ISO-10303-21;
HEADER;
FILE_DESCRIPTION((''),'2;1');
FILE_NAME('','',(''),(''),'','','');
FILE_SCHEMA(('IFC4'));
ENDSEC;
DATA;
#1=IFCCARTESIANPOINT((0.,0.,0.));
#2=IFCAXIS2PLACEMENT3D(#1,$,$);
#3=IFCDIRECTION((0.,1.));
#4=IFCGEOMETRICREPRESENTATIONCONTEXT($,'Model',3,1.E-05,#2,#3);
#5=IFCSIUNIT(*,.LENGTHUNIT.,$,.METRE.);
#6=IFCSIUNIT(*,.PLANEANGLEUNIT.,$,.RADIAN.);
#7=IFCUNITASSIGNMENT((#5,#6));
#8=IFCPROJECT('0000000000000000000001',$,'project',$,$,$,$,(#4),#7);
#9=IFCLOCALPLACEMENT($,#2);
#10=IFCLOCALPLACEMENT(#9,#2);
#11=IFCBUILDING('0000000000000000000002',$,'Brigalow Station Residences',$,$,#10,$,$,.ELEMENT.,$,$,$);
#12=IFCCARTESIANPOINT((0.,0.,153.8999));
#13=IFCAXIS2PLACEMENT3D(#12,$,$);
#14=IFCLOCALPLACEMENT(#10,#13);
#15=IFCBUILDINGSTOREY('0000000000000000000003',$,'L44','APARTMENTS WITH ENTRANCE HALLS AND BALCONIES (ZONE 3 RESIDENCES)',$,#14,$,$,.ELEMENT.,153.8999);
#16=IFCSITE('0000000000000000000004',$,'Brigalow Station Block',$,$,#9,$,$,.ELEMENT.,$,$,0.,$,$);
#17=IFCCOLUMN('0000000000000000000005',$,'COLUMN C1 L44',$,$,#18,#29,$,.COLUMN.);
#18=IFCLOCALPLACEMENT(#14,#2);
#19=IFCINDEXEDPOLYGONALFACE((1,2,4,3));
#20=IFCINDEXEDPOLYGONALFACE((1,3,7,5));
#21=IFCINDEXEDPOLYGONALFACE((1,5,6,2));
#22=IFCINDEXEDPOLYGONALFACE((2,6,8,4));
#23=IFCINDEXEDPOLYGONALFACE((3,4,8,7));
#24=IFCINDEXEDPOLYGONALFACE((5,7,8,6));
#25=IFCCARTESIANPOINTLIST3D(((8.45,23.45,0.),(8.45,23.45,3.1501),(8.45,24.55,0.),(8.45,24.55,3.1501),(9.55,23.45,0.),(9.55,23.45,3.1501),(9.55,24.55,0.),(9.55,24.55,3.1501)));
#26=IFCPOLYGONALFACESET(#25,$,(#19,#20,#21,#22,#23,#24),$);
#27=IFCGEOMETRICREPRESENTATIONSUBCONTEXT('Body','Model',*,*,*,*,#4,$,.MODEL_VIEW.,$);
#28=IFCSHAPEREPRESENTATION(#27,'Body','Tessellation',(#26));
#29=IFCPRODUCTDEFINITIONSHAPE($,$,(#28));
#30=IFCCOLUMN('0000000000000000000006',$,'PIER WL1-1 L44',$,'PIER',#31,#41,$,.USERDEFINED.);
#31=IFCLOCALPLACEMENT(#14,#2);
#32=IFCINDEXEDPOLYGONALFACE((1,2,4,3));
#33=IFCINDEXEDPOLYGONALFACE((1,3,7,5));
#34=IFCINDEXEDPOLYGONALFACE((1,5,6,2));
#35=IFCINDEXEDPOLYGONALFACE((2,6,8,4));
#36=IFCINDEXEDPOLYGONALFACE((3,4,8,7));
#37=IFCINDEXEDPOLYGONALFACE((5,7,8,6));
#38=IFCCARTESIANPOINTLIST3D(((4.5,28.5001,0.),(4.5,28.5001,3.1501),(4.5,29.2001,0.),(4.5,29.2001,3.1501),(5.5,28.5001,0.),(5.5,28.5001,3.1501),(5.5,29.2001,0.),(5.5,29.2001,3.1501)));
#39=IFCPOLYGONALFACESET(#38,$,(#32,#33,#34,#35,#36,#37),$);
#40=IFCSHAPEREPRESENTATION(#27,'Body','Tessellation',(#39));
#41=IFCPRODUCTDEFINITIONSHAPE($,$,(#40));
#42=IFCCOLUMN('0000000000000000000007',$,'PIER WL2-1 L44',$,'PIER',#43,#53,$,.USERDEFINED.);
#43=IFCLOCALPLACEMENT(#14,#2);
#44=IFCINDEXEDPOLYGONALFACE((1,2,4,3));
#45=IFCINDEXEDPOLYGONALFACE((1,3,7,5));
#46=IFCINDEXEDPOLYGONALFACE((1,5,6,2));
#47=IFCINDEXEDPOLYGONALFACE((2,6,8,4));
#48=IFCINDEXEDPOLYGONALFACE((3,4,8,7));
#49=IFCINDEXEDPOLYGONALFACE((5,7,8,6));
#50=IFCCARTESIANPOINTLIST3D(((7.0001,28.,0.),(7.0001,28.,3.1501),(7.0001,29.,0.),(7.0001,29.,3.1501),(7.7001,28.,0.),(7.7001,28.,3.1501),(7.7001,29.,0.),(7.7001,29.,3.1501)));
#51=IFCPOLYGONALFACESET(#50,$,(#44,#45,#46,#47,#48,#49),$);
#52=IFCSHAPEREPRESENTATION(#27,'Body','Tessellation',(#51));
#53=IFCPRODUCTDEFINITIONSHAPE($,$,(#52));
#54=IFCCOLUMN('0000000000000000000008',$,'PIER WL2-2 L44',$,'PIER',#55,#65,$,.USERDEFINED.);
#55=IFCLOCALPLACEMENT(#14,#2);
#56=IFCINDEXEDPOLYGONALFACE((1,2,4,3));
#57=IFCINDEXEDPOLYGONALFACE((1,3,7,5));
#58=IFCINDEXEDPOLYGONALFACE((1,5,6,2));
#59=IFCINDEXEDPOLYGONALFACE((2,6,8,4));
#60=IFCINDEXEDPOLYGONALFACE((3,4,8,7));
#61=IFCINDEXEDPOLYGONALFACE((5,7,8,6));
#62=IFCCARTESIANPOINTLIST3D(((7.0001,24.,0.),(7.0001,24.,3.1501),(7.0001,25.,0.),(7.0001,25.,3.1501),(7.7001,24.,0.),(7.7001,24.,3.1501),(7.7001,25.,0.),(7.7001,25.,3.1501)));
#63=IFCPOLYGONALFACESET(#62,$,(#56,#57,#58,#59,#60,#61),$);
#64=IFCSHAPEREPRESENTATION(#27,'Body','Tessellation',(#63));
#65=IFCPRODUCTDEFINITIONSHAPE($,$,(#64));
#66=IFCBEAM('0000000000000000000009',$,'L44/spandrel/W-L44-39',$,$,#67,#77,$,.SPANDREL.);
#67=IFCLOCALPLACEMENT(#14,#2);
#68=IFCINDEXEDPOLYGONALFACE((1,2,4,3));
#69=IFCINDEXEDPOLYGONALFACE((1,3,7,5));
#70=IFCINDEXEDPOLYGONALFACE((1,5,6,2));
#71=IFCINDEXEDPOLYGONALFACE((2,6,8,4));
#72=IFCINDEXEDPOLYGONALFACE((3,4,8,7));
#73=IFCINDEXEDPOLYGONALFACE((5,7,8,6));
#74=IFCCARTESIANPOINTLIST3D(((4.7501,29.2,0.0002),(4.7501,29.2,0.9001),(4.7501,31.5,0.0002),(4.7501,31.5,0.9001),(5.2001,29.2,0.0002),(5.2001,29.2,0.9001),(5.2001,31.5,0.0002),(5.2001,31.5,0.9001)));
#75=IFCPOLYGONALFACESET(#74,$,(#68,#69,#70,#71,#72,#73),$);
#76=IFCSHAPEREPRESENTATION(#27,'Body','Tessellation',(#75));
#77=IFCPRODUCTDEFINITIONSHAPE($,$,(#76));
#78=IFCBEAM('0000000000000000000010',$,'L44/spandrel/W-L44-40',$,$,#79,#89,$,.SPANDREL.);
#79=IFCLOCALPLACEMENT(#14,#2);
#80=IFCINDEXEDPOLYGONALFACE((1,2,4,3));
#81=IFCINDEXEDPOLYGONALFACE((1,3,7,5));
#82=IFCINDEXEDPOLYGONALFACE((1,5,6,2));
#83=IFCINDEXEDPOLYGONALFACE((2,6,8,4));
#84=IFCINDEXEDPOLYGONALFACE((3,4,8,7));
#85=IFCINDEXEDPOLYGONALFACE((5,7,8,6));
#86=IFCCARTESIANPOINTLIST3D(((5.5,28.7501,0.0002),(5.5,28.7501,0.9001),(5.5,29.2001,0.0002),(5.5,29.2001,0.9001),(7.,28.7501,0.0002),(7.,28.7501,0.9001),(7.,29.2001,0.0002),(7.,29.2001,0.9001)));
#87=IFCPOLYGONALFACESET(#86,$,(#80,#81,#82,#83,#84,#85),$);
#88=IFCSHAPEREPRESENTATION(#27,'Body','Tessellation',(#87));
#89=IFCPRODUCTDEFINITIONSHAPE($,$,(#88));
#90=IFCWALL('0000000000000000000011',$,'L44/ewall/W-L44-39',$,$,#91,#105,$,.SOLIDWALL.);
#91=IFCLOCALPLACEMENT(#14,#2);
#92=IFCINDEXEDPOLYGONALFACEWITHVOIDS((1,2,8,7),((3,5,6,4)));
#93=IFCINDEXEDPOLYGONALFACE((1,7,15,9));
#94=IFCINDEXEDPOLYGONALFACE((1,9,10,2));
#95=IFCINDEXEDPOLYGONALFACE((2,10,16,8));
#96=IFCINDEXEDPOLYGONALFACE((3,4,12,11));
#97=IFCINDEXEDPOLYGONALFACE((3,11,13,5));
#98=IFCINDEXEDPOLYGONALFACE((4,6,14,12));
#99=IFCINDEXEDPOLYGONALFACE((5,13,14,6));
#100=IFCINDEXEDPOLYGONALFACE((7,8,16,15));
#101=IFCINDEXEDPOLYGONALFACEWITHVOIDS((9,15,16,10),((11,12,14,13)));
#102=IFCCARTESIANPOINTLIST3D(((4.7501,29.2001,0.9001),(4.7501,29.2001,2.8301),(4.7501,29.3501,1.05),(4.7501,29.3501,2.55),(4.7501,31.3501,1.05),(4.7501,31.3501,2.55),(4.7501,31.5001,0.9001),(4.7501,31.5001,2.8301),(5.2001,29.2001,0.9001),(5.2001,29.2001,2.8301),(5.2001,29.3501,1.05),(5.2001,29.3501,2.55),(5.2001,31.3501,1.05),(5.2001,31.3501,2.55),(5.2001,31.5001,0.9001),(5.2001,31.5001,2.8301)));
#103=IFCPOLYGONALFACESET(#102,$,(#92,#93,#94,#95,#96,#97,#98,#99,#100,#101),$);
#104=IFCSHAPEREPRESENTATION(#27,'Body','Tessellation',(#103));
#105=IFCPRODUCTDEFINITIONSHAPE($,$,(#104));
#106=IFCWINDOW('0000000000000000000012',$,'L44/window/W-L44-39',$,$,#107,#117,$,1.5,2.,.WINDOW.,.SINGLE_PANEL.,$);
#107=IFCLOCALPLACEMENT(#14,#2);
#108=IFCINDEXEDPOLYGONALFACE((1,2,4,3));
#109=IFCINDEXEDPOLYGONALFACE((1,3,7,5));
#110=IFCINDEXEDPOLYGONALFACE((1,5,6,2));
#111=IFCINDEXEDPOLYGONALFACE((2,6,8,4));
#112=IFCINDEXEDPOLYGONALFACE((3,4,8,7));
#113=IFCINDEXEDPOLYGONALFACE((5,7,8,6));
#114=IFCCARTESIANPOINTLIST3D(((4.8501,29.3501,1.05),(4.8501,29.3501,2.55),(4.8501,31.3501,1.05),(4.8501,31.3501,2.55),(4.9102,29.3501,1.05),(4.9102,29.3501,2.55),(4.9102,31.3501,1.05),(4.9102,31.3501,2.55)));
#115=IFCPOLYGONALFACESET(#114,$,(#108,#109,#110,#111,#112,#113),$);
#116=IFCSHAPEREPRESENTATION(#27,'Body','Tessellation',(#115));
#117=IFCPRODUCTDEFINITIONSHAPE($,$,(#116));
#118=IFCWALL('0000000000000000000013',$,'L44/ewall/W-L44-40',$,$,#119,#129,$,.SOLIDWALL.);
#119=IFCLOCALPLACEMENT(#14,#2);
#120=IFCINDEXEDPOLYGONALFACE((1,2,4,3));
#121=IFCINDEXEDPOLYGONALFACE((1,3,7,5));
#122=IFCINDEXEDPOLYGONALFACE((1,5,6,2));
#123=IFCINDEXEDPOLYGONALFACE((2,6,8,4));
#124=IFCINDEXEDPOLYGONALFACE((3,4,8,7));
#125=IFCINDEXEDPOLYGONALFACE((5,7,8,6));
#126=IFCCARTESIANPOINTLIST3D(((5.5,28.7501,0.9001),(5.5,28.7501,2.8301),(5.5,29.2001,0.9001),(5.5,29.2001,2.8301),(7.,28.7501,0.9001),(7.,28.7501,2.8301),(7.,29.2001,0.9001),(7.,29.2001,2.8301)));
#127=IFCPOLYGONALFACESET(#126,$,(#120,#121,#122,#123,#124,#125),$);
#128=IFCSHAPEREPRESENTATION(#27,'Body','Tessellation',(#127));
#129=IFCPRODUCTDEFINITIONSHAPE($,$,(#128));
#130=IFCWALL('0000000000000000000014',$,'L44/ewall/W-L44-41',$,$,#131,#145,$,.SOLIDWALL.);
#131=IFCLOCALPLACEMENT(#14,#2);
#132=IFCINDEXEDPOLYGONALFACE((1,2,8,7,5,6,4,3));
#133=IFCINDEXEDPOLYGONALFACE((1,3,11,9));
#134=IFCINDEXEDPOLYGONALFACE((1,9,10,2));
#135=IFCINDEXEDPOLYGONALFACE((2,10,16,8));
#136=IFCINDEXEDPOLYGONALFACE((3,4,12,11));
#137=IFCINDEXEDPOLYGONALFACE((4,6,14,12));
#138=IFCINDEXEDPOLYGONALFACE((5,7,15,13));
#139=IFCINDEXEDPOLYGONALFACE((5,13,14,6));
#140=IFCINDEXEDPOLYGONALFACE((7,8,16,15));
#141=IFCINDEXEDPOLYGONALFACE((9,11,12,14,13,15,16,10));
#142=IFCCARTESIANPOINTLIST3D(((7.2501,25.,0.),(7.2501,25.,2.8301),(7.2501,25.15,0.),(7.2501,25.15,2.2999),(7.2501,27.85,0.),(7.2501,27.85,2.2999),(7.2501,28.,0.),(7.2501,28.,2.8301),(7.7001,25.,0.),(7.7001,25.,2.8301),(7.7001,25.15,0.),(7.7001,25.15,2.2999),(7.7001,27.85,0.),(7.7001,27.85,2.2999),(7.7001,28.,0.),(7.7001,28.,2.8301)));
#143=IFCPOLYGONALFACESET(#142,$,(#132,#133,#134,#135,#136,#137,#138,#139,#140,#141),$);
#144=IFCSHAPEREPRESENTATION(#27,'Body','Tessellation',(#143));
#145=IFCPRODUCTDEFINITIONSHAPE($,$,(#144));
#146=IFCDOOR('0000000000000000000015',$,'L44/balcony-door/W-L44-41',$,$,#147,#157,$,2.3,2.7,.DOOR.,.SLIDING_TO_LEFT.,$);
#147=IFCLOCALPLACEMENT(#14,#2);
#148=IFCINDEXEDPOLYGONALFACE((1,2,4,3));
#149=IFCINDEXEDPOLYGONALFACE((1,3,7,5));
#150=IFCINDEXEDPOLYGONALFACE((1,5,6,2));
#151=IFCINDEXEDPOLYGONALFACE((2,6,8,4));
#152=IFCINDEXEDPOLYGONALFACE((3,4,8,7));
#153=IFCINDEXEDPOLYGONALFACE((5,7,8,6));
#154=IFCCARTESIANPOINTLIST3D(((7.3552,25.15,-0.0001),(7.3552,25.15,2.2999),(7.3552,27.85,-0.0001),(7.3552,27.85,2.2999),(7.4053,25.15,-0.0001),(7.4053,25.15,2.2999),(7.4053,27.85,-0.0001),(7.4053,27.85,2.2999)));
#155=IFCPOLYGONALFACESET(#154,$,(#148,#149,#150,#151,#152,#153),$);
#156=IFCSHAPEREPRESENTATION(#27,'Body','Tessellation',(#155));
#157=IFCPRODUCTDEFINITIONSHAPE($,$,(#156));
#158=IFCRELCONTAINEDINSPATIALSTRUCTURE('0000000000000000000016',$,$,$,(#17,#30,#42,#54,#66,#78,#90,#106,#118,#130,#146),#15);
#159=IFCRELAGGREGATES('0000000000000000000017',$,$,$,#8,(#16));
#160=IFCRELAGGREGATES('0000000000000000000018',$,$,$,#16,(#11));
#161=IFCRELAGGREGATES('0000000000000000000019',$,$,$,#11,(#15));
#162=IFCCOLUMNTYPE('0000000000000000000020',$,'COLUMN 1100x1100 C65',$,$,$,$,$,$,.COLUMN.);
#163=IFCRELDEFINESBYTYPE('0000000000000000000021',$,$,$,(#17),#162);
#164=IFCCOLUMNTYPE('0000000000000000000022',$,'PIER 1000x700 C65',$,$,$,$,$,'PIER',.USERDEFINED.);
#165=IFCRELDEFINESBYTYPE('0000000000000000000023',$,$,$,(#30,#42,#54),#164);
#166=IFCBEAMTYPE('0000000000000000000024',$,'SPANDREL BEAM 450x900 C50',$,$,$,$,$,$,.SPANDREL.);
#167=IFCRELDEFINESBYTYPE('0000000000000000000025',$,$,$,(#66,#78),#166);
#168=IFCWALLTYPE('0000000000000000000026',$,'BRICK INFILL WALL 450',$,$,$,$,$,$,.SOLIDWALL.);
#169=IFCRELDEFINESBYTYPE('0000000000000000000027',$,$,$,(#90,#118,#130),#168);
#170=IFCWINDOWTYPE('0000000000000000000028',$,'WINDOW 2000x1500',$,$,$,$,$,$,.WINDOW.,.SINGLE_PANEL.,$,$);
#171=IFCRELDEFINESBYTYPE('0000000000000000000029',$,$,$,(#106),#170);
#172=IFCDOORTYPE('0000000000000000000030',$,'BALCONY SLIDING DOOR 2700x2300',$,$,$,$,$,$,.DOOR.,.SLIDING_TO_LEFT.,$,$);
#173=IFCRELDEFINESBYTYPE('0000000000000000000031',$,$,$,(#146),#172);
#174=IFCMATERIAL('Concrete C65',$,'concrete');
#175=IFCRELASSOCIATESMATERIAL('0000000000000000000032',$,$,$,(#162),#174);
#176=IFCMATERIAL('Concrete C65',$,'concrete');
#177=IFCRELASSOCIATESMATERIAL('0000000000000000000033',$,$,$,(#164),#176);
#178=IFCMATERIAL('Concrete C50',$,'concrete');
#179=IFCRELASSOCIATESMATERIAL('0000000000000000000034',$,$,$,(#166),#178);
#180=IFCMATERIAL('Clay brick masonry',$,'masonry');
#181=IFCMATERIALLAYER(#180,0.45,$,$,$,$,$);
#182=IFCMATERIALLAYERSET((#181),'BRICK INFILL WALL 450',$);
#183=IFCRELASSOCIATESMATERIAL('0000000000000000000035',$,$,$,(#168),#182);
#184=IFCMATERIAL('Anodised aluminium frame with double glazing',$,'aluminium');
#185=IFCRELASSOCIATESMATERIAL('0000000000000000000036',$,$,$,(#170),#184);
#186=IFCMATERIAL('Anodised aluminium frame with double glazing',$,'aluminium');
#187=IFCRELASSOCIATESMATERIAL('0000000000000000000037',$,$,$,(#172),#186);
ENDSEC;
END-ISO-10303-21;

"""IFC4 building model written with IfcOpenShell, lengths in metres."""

from ifc_helpers import new_model, si_unit, direction, frame, frame_2d, origin, origin_2d, place, context, subcontext, project, spatial, rectangle, extrude, material, layer, layer_set, material_profile, profile_set, type_object, element, fill, save


model = new_model("IFC4")

# Units and contexts
model_context = context("Model", 3, precision=1e-05, world=origin(), true_north=direction((0.0, 1.0)))
body_context = subcontext(model_context, "Body", "Model", "MODEL_VIEW")
ifc_project = project(units=[si_unit("LENGTHUNIT", "METRE"), si_unit("PLANEANGLEUNIT", "RADIAN")], contexts=[model_context])

# Site, building, storey
site_placement = place(None, origin())
site = spatial("IfcSite", under=ifc_project, at=site_placement, Name="Brigalow Station Block", CompositionType="ELEMENT", RefElevation=0.0)
building_placement = place(site_placement, origin())
building = spatial("IfcBuilding", under=site, at=building_placement, Name="Brigalow Station Residences", CompositionType="ELEMENT")
storey_placement = place(building_placement, frame((0.0, 0.0, 153.8999)))
storey = spatial("IfcBuildingStorey", under=building, at=storey_placement, Name="L44", Description="APARTMENTS WITH ENTRANCE HALLS AND BALCONIES (ZONE 3 RESIDENCES)", CompositionType="ELEMENT", Elevation=153.8999)

# Columns
ifc_material_1 = material(Name="Concrete C65", Category="concrete")
ifc_material_profile_1 = material_profile(ifc_material_1, rectangle(XDim=1.1001, YDim=1.1001, at=origin_2d()), Name="RC1100x1100")
ifc_profile_set_1 = profile_set([ifc_material_profile_1], Name="Concrete C65")
column_type_1 = type_object("IfcColumnType", Name="COLUMN 1100x1100 C65", PredefinedType="COLUMN", material=ifc_profile_set_1)
column_placement = place(storey_placement, frame((9.0, 24.0, 0.0), z_axis=(0.0, 0.0, 1.0), x_axis=(1.0, 0.0, 0.0)))
element("IfcColumn", 1, at=column_placement, inside=storey, type_object=column_type_1, Name="COLUMN C1 L44", PredefinedType="COLUMN", context=body_context, shape_type="SweptSolid", body=[
    extrude(rectangle(XDim=1.1001, YDim=1.1001, at=origin_2d()), origin(), (0.0, 0.0, 1.0), 3.1501),
])
ifc_material_2 = material(Name="Concrete C65", Category="concrete")
ifc_material_profile_2 = material_profile(ifc_material_2, rectangle(XDim=1.0, YDim=0.7, at=origin_2d()), Name="RC1000x700")
ifc_profile_set_2 = profile_set([ifc_material_profile_2], Name="Concrete C65")
column_type_2 = type_object("IfcColumnType", Name="PIER 1000x700 C65", ElementType="PIER", PredefinedType="USERDEFINED", material=ifc_profile_set_2)
for number, where, z_axis, x_axis, name in (
    (2, (5.0, 28.8501, 0.0), (0.0, 0.0, 1.0), (1.0, 0.0, 0.0), "PIER WL1-1 L44"),
    (3, (7.3501, 28.5, 0.0), (0.0, 0.0, 1.0), (0.0, -1.0, 0.0), "PIER WL2-1 L44"),
    (4, (7.3501, 24.5, 0.0), (0.0, 0.0, 1.0), (0.0, -1.0, 0.0), "PIER WL2-2 L44"),
):
    element("IfcColumn", number, at=place(storey_placement, frame(where, z_axis=z_axis, x_axis=x_axis)), inside=storey, type_object=column_type_2, Name=name, ObjectType="PIER", PredefinedType="USERDEFINED", context=body_context, shape_type="SweptSolid", body=[
        extrude(rectangle(XDim=1.0, YDim=0.7, at=origin_2d()), origin(), (0.0, 0.0, 1.0), 3.1501),
    ])

# Beams
ifc_material_3 = material(Name="Concrete C50", Category="concrete")
ifc_material_profile_3 = material_profile(ifc_material_3, rectangle(XDim=0.45, YDim=0.8999, at=origin_2d()), Name="RC450x900")
ifc_profile_set_3 = profile_set([ifc_material_profile_3], Name="Concrete C50")
beam_type = type_object("IfcBeamType", Name="SPANDREL BEAM 450x900 C50", PredefinedType="SPANDREL", material=ifc_profile_set_3)
beam_1_placement = place(storey_placement, frame((4.9751, 31.5, 0.4502), z_axis=(0.0, -1.0, 0.0), x_axis=(1.0, 0.0, 0.0)))
element("IfcBeam", 5, at=beam_1_placement, inside=storey, type_object=beam_type, Name="L44/spandrel/W-L44-39", PredefinedType="SPANDREL", context=body_context, shape_type="SweptSolid", body=[
    extrude(rectangle(XDim=0.45, YDim=0.8999, at=origin_2d()), origin(), (0.0, 0.0, 1.0), 2.3),
])
beam_2_placement = place(storey_placement, frame((5.5, 28.9751, 0.4502), z_axis=(1.0, 0.0, 0.0), x_axis=(0.0, 1.0, 0.0)))
element("IfcBeam", 6, at=beam_2_placement, inside=storey, type_object=beam_type, Name="L44/spandrel/W-L44-40", PredefinedType="SPANDREL", context=body_context, shape_type="SweptSolid", body=[
    extrude(rectangle(XDim=0.45, YDim=0.8999, at=origin_2d()), origin(), (0.0, 0.0, 1.0), 1.5),
])

# Wall, opening, window
ifc_material_4 = material(Name="Clay brick masonry", Category="masonry")
ifc_layer_1 = layer(ifc_material_4, 0.45)
ifc_layer_set_1 = layer_set([ifc_layer_1], Name="BRICK INFILL WALL 450")
wall_type_1 = type_object("IfcWallType", Name="BRICK INFILL WALL 450", PredefinedType="SOLIDWALL", material=ifc_layer_set_1)
wall_1_placement = place(storey_placement, frame((4.9751, 31.5, 0.9001), z_axis=(0.0, 0.0, 1.0), x_axis=(0.0, -1.0, 0.0)))
wall_1 = element("IfcWall", 7, at=wall_1_placement, inside=storey, type_object=wall_type_1, Name="L44/ewall/W-L44-39", PredefinedType="SOLIDWALL", context=body_context, shape_type="SweptSolid", body=[
    extrude(rectangle(XDim=2.3, YDim=0.45, at=frame_2d((1.1499, 0.0))), origin(), (0.0, 0.0, 1.0), 1.9299),
])
opening_1_placement = place(wall_1_placement, frame((0.1499, 0.0, 0.1499)))
opening_1 = element("IfcOpeningElement", 8, at=opening_1_placement, cuts=wall_1, PredefinedType="OPENING", context=body_context, shape_type="SweptSolid", body=[
    extrude(rectangle(XDim=2.0, YDim=1.5, at=frame_2d((1.0, 0.75))), frame((0.0, 0.2349, 0.0), z_axis=(0.0, -1.0, 0.0), x_axis=(1.0, 0.0, 0.0)), (0.0, 0.0, 1.0), 0.47),
])
ifc_material_5 = material(Name="Anodised aluminium frame with double glazing", Category="aluminium")
window_type = type_object("IfcWindowType", Name="WINDOW 2000x1500", PartitioningType="SINGLE_PANEL", PredefinedType="WINDOW", material=ifc_material_5)
window_placement = place(opening_1_placement, origin())
window = element("IfcWindow", 9, at=window_placement, inside=storey, type_object=window_type, Name="L44/window/W-L44-39", OverallHeight=1.5, OverallWidth=2.0, PartitioningType="SINGLE_PANEL", PredefinedType="WINDOW", context=body_context, shape_type="SweptSolid", body=[
    extrude(rectangle(XDim=2.0, YDim=1.5, at=frame_2d((1.0, 0.75))), frame((0.0, -0.0649, 0.0), z_axis=(0.0, -1.0, 0.0), x_axis=(1.0, 0.0, 0.0)), (0.0, 0.0, 1.0), 0.0601),
])
fill(opening_1, window)

# Wall
wall_2_placement = place(storey_placement, frame((5.5, 28.9751, 0.9001), z_axis=(0.0, 0.0, 1.0), x_axis=(1.0, 0.0, 0.0)))
element("IfcWall", 10, at=wall_2_placement, inside=storey, type_object=wall_type_1, Name="L44/ewall/W-L44-40", PredefinedType="SOLIDWALL", context=body_context, shape_type="SweptSolid", body=[
    extrude(rectangle(XDim=1.5, YDim=0.45, at=frame_2d((0.75, 0.0))), origin(), (0.0, 0.0, 1.0), 1.9299),
])

# Wall, opening, door
wall_3_placement = place(storey_placement, frame((7.4751, 28.0, 0.0), z_axis=(0.0, 0.0, 1.0), x_axis=(0.0, -1.0, 0.0)))
wall_3 = element("IfcWall", 11, at=wall_3_placement, inside=storey, type_object=wall_type_1, Name="L44/ewall/W-L44-41", PredefinedType="SOLIDWALL", context=body_context, shape_type="SweptSolid", body=[
    extrude(rectangle(XDim=3.0, YDim=0.45, at=frame_2d((1.5, 0.0))), origin(), (0.0, 0.0, 1.0), 2.8301),
])
opening_2_placement = place(wall_3_placement, frame((0.1499, 0.0, 0.0)))
opening_2 = element("IfcOpeningElement", 12, at=opening_2_placement, cuts=wall_3, PredefinedType="OPENING", context=body_context, shape_type="SweptSolid", body=[
    extrude(rectangle(XDim=2.7, YDim=2.3, at=frame_2d((1.3501, 1.1499))), frame((0.0, 0.2349, 0.0), z_axis=(0.0, -1.0, 0.0), x_axis=(1.0, 0.0, 0.0)), (0.0, 0.0, 1.0), 0.47),
])
ifc_material_6 = material(Name="Anodised aluminium frame with double glazing", Category="aluminium")
door_type_1 = type_object("IfcDoorType", Name="BALCONY SLIDING DOOR 2700x2300", OperationType="SLIDING_TO_LEFT", PredefinedType="DOOR", material=ifc_material_6)
door_1_placement = place(opening_2_placement, origin())
door_1 = element("IfcDoor", 13, at=door_1_placement, inside=storey, type_object=door_type_1, Name="L44/balcony-door/W-L44-41", OperationType="SLIDING_TO_LEFT", OverallHeight=2.3, OverallWidth=2.7, PredefinedType="DOOR", context=body_context, shape_type="SweptSolid", body=[
    extrude(rectangle(XDim=2.7, YDim=2.3, at=frame_2d((1.3501, 1.1499))), frame((0.0, -0.0698, 0.0), z_axis=(0.0, -1.0, 0.0), x_axis=(1.0, 0.0, 0.0)), (0.0, 0.0, 1.0), 0.05),
])
fill(opening_2, door_1)

save(model, "model.ifc")
